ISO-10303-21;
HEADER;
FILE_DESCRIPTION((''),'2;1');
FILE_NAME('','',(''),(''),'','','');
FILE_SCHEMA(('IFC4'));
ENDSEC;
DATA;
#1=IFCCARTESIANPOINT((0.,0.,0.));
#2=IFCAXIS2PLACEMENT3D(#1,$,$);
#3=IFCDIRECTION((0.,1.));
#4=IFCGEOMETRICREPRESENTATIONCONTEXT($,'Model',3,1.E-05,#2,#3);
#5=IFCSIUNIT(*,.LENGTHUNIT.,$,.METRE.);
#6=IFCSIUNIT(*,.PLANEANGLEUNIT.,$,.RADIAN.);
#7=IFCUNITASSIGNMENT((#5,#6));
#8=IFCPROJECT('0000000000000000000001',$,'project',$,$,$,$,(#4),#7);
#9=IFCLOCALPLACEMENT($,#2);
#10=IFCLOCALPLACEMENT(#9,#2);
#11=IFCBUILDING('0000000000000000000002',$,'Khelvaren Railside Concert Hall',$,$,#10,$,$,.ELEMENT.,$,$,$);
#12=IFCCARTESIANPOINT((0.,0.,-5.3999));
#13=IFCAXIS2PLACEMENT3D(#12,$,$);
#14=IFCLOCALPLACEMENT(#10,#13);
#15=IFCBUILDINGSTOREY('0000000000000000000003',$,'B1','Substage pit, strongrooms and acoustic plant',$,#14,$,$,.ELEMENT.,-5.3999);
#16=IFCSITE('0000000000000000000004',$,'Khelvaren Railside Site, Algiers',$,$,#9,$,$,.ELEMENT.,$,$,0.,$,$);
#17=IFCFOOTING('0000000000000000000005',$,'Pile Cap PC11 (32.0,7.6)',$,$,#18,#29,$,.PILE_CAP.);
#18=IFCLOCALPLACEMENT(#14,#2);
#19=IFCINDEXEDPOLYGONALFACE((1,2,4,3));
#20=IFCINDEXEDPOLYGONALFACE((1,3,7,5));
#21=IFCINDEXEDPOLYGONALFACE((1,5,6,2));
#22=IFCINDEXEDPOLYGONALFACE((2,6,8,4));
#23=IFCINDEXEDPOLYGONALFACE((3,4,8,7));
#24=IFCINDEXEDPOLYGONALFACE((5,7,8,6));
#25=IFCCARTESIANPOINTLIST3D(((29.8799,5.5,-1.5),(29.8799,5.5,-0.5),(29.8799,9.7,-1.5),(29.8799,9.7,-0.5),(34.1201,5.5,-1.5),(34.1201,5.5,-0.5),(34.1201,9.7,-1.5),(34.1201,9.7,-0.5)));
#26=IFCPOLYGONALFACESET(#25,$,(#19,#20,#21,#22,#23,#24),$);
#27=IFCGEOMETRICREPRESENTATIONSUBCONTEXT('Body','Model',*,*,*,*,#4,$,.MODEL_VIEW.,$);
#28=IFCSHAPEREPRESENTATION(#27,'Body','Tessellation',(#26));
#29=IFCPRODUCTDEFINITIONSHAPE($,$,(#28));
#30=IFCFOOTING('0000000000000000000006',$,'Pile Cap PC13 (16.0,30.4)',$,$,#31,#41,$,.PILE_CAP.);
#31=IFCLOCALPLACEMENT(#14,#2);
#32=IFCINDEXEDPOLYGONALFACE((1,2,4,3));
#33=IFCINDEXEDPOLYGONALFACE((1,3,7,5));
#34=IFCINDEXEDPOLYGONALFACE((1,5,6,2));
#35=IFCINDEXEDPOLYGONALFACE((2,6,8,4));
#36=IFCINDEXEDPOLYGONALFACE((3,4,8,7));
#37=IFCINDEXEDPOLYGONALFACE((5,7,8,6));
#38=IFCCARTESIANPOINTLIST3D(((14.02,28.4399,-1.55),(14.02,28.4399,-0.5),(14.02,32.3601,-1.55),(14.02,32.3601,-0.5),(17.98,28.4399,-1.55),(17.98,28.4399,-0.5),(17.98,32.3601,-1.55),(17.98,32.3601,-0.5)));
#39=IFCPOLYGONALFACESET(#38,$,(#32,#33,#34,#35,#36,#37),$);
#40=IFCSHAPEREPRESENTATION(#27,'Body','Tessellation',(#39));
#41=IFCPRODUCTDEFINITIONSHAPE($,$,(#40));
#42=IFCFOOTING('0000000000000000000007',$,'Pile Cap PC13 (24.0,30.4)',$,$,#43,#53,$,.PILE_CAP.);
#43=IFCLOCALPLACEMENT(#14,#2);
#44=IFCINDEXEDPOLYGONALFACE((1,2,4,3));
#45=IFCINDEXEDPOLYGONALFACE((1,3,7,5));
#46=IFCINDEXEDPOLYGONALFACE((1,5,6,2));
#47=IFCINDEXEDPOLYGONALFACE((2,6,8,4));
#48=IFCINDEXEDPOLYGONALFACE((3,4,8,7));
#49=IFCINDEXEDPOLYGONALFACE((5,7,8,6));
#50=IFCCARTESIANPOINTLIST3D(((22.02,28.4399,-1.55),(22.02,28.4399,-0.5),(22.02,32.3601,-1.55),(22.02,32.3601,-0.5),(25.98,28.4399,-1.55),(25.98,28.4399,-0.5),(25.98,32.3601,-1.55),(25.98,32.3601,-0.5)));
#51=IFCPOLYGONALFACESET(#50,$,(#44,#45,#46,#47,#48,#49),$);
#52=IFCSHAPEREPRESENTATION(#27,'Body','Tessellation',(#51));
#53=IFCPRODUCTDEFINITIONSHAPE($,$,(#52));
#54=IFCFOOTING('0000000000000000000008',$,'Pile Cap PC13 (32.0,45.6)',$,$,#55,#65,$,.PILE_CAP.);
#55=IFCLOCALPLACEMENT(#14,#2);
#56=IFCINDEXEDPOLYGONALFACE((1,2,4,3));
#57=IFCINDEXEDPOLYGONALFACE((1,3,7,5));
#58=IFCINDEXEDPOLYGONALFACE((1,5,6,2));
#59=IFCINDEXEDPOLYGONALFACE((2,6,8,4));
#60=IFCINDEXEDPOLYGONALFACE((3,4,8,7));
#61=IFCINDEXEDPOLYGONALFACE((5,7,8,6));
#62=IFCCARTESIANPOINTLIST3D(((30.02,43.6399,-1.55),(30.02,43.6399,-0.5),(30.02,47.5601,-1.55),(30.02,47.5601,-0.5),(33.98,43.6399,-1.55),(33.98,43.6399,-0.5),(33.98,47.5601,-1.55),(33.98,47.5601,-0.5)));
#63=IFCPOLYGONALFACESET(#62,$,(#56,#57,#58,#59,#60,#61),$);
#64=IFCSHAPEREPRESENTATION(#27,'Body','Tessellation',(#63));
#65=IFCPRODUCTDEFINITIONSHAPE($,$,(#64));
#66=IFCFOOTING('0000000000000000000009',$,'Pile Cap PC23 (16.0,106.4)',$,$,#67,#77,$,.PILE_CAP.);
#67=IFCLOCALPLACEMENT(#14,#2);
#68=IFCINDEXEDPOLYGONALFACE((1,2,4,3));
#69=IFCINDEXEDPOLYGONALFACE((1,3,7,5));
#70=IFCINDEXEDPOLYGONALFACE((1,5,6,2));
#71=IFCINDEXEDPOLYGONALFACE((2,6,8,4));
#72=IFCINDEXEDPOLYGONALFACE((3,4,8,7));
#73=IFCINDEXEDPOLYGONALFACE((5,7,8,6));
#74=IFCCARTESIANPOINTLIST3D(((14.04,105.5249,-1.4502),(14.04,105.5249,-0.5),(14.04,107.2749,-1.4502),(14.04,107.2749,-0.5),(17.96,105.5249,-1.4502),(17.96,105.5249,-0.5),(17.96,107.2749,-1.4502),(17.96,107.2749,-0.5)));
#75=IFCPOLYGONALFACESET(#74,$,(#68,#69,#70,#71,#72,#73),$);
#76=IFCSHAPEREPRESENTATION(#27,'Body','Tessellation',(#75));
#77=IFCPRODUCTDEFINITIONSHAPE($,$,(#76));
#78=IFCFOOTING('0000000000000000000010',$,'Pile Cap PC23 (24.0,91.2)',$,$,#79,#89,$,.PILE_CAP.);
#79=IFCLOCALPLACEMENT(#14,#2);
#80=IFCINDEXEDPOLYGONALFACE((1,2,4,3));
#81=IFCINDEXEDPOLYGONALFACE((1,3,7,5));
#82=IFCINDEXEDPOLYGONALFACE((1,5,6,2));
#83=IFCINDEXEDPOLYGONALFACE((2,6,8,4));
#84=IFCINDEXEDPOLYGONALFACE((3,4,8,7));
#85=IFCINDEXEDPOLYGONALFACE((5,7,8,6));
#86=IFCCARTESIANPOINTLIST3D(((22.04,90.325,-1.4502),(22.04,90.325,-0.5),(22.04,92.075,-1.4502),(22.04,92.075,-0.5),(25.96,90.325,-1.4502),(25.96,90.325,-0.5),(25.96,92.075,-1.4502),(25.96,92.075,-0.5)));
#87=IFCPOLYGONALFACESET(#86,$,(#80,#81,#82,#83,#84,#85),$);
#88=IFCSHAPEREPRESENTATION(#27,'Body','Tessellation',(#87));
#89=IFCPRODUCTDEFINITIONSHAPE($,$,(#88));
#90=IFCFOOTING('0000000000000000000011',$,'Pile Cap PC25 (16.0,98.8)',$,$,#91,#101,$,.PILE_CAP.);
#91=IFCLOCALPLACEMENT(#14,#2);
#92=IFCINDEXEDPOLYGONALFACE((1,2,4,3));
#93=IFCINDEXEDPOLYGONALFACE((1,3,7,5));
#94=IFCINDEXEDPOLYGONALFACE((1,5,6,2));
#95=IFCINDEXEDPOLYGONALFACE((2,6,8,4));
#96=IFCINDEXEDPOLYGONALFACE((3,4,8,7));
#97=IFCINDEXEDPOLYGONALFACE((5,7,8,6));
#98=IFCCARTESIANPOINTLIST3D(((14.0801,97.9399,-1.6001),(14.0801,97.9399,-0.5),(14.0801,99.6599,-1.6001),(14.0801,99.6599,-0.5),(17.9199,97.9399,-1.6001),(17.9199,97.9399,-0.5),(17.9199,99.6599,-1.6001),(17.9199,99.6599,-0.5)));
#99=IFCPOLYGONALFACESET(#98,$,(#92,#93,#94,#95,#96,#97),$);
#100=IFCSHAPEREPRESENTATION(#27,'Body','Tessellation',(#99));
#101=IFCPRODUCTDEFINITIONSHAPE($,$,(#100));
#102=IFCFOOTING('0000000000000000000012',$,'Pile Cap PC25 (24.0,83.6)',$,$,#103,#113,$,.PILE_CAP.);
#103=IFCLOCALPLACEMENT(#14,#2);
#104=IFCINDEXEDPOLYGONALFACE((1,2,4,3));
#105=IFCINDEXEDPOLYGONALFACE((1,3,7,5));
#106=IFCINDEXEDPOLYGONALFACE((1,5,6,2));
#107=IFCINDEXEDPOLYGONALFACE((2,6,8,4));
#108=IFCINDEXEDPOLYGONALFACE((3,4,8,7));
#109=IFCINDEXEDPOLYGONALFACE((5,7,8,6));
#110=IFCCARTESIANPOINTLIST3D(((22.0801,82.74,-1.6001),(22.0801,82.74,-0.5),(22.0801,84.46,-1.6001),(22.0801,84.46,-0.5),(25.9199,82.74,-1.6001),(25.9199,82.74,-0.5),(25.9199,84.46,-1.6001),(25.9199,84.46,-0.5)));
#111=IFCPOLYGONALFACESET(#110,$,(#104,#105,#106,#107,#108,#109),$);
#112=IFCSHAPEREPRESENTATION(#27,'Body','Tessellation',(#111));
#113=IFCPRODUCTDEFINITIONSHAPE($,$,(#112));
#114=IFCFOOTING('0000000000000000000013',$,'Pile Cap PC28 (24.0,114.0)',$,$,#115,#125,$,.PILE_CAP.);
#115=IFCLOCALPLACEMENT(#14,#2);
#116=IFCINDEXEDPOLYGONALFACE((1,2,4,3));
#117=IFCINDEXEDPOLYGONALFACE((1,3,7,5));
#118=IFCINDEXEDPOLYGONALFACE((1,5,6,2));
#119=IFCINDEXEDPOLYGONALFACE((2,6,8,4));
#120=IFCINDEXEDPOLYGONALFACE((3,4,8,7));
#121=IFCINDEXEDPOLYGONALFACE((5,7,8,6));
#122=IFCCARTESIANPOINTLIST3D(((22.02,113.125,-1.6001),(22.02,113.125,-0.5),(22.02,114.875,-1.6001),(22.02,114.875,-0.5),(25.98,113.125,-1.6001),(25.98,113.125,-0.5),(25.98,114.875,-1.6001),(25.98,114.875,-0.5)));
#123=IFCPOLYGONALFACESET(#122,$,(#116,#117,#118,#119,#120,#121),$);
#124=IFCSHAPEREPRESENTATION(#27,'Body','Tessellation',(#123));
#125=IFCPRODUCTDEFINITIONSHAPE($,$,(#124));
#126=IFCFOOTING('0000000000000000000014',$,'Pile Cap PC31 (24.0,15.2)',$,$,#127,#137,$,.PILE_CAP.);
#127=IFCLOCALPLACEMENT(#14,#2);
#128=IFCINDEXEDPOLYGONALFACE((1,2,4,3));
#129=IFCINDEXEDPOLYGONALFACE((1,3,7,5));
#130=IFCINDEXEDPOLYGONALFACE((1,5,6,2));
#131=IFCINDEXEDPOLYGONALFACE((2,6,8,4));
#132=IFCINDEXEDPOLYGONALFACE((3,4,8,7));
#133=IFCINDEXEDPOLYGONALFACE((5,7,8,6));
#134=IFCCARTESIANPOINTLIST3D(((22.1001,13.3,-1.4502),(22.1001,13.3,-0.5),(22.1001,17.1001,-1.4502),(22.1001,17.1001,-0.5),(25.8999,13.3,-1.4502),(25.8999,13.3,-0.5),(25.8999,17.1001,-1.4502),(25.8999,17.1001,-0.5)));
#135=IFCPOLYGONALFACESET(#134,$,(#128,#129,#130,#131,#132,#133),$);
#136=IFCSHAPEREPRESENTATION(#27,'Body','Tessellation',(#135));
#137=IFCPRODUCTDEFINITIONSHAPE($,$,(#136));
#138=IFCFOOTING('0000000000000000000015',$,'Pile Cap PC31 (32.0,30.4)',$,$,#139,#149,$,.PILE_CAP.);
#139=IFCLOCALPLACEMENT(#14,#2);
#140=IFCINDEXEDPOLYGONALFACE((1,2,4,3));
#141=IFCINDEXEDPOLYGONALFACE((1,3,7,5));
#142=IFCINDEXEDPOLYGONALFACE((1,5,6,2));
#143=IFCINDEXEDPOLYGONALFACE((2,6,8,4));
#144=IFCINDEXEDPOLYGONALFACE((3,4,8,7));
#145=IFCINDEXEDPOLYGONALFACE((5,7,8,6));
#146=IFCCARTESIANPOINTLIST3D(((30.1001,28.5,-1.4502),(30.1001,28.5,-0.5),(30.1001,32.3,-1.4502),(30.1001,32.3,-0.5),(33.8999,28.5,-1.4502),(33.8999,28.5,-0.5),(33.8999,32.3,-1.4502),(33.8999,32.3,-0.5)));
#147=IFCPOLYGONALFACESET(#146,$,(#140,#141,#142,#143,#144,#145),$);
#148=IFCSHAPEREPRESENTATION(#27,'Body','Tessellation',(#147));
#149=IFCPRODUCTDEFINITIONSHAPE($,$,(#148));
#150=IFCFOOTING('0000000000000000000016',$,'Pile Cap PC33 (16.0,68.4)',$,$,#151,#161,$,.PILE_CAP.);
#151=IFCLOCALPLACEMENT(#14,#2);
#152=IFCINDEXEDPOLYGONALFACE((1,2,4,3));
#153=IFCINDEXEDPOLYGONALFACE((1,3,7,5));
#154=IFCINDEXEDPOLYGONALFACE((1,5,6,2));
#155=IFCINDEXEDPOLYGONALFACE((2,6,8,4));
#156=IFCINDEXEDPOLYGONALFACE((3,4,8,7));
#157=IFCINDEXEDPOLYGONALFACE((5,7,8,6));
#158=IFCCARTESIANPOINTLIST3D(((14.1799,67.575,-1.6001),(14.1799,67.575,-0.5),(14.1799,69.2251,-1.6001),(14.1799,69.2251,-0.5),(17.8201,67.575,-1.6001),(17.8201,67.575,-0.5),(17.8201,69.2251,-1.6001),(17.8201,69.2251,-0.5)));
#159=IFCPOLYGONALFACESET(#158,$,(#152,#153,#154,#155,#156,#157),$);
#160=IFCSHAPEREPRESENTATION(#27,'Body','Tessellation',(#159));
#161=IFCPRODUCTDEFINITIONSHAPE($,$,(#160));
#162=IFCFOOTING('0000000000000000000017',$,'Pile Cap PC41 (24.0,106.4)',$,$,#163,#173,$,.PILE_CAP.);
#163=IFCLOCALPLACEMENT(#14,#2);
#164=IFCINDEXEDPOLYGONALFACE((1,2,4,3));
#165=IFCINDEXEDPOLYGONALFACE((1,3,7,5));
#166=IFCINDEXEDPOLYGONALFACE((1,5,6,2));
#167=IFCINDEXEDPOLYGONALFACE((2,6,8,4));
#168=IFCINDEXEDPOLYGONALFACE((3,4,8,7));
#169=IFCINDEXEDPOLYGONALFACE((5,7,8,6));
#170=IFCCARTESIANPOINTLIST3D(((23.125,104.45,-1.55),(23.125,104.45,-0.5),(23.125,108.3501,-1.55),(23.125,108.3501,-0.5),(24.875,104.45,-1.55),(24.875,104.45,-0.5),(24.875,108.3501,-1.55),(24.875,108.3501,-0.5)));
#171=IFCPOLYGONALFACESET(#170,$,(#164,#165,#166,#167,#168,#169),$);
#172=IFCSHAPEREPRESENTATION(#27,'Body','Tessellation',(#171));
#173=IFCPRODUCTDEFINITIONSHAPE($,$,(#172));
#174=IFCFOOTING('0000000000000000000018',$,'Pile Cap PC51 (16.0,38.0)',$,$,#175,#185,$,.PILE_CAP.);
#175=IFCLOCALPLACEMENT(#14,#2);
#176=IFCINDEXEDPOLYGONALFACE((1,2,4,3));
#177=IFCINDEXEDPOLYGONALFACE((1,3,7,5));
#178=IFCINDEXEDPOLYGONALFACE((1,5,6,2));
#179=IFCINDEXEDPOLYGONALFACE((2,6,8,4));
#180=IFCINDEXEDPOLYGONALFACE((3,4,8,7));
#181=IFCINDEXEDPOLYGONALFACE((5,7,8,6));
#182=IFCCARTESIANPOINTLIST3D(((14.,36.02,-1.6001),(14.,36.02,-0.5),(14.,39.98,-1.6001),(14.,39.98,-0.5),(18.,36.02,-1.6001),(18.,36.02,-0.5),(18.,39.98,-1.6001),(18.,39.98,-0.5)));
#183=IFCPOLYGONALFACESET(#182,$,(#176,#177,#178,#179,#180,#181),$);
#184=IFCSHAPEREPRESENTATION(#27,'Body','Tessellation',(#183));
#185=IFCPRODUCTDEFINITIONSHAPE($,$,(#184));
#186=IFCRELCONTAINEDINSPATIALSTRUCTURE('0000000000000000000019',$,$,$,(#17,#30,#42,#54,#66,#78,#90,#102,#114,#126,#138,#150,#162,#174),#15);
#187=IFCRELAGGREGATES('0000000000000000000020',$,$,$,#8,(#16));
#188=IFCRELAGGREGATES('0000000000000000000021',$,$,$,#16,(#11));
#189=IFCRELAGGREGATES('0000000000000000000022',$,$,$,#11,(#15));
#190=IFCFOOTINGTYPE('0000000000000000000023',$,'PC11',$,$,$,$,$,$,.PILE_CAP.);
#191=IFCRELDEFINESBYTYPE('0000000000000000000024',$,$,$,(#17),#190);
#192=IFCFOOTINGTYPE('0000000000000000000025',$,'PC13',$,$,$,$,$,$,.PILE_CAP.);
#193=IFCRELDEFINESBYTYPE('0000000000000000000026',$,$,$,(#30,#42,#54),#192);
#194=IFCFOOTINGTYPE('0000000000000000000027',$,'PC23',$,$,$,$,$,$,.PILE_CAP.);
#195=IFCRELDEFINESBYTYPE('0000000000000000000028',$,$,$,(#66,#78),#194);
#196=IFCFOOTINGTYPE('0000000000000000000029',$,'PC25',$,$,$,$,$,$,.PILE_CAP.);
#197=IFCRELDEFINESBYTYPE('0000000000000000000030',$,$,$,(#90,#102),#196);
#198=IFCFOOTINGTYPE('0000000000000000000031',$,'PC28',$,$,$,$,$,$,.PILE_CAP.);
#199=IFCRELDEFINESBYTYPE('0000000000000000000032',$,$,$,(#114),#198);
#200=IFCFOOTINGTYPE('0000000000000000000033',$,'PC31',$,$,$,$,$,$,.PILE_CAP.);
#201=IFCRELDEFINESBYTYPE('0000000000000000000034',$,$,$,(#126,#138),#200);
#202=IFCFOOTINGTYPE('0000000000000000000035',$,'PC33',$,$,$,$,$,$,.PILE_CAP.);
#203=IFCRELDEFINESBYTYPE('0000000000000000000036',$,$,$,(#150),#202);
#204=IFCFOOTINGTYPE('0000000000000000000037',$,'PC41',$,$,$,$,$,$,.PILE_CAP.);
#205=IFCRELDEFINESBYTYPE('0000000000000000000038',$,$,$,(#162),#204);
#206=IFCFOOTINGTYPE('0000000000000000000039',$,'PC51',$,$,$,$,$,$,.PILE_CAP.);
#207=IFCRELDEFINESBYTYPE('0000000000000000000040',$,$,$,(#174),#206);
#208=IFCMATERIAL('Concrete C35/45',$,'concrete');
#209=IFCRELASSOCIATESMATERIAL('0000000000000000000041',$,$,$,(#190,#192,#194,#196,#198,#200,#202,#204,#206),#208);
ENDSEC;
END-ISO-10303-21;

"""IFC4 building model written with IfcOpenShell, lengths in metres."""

from ifc_helpers import new_model, si_unit, direction, frame, origin, place, context, subcontext, project, spatial, polyline, outline, extrude, material, type_object, element, save


model = new_model("IFC4")

# Units and contexts
model_context = context("Model", 3, precision=1e-05, world=origin(), true_north=direction((0.0, 1.0)))
body_context = subcontext(model_context, "Body", "Model", "MODEL_VIEW")
ifc_project = project(units=[si_unit("LENGTHUNIT", "METRE"), si_unit("PLANEANGLEUNIT", "RADIAN")], contexts=[model_context])

# Site, building, storey
site_placement = place(None, origin())
site = spatial("IfcSite", under=ifc_project, at=site_placement, Name="Khelvaren Railside Site, Algiers", CompositionType="ELEMENT", RefElevation=0.0)
building_placement = place(site_placement, origin())
building = spatial("IfcBuilding", under=site, at=building_placement, Name="Khelvaren Railside Concert Hall", CompositionType="ELEMENT")
storey_placement = place(building_placement, frame((0.0, 0.0, -5.3999)))
storey = spatial("IfcBuildingStorey", under=building, at=storey_placement, Name="B1", Description="Substage pit, strongrooms and acoustic plant", CompositionType="ELEMENT", Elevation=-5.3999)

# Footings
ifc_material = material(Name="Concrete C35/45", Category="concrete")
footing_type_1 = type_object("IfcFootingType", Name="PC11", PredefinedType="PILE_CAP", material=ifc_material)
footing_1_placement = place(storey_placement, frame((0.0, 0.0, -1.5)))
element("IfcFooting", 1, at=footing_1_placement, inside=storey, type_object=footing_type_1, Name="Pile Cap PC11 (32.0,7.6)", PredefinedType="PILE_CAP", context=body_context, shape_type="SweptSolid", body=[
    extrude(outline(polyline([(29.8799, 5.5), (34.1201, 5.5), (34.1201, 9.7), (29.8799, 9.7), (29.8799, 5.5)])), origin(), (0.0, 0.0, 1.0), 1.0),
])
footing_type_2 = type_object("IfcFootingType", Name="PC13", PredefinedType="PILE_CAP", material=ifc_material)
footing_2_placement = place(storey_placement, frame((0.0, 0.0, -1.55)))
element("IfcFooting", 2, at=footing_2_placement, inside=storey, type_object=footing_type_2, Name="Pile Cap PC13 (16.0,30.4)", PredefinedType="PILE_CAP", context=body_context, shape_type="SweptSolid", body=[
    extrude(outline(polyline([(14.02, 28.4399), (17.98, 28.4399), (17.98, 32.3601), (14.02, 32.3601), (14.02, 28.4399)])), origin(), (0.0, 0.0, 1.0), 1.05),
])
footing_3_placement = place(storey_placement, frame((0.0, 0.0, -1.55)))
element("IfcFooting", 3, at=footing_3_placement, inside=storey, type_object=footing_type_2, Name="Pile Cap PC13 (24.0,30.4)", PredefinedType="PILE_CAP", context=body_context, shape_type="SweptSolid", body=[
    extrude(outline(polyline([(22.02, 28.4399), (25.98, 28.4399), (25.98, 32.3601), (22.02, 32.3601), (22.02, 28.4399)])), origin(), (0.0, 0.0, 1.0), 1.05),
])
footing_4_placement = place(storey_placement, frame((0.0, 0.0, -1.55)))
element("IfcFooting", 4, at=footing_4_placement, inside=storey, type_object=footing_type_2, Name="Pile Cap PC13 (32.0,45.6)", PredefinedType="PILE_CAP", context=body_context, shape_type="SweptSolid", body=[
    extrude(outline(polyline([(30.02, 43.6399), (33.98, 43.6399), (33.98, 47.5601), (30.02, 47.5601), (30.02, 43.6399)])), origin(), (0.0, 0.0, 1.0), 1.05),
])
footing_type_3 = type_object("IfcFootingType", Name="PC23", PredefinedType="PILE_CAP", material=ifc_material)
footing_5_placement = place(storey_placement, frame((0.0, 0.0, -1.4502)))
element("IfcFooting", 5, at=footing_5_placement, inside=storey, type_object=footing_type_3, Name="Pile Cap PC23 (16.0,106.4)", PredefinedType="PILE_CAP", context=body_context, shape_type="SweptSolid", body=[
    extrude(outline(polyline([(14.04, 105.5249), (17.96, 105.5249), (17.96, 107.2749), (14.04, 107.2749), (14.04, 105.5249)])), origin(), (0.0, 0.0, 1.0), 0.9502),
])
footing_6_placement = place(storey_placement, frame((0.0, 0.0, -1.4502)))
element("IfcFooting", 6, at=footing_6_placement, inside=storey, type_object=footing_type_3, Name="Pile Cap PC23 (24.0,91.2)", PredefinedType="PILE_CAP", context=body_context, shape_type="SweptSolid", body=[
    extrude(outline(polyline([(22.04, 90.325), (25.96, 90.325), (25.96, 92.075), (22.04, 92.075), (22.04, 90.325)])), origin(), (0.0, 0.0, 1.0), 0.9502),
])
footing_type_4 = type_object("IfcFootingType", Name="PC25", PredefinedType="PILE_CAP", material=ifc_material)
footing_7_placement = place(storey_placement, frame((0.0, 0.0, -1.6001)))
element("IfcFooting", 7, at=footing_7_placement, inside=storey, type_object=footing_type_4, Name="Pile Cap PC25 (16.0,98.8)", PredefinedType="PILE_CAP", context=body_context, shape_type="SweptSolid", body=[
    extrude(outline(polyline([(14.0801, 97.9399), (17.9199, 97.9399), (17.9199, 99.6599), (14.0801, 99.6599), (14.0801, 97.9399)])), origin(), (0.0, 0.0, 1.0), 1.1001),
])
footing_8_placement = place(storey_placement, frame((0.0, 0.0, -1.6001)))
element("IfcFooting", 8, at=footing_8_placement, inside=storey, type_object=footing_type_4, Name="Pile Cap PC25 (24.0,83.6)", PredefinedType="PILE_CAP", context=body_context, shape_type="SweptSolid", body=[
    extrude(outline(polyline([(22.0801, 82.74), (25.9199, 82.74), (25.9199, 84.46), (22.0801, 84.46), (22.0801, 82.74)])), origin(), (0.0, 0.0, 1.0), 1.1001),
])
footing_type_5 = type_object("IfcFootingType", Name="PC28", PredefinedType="PILE_CAP", material=ifc_material)
footing_9_placement = place(storey_placement, frame((0.0, 0.0, -1.6001)))
element("IfcFooting", 9, at=footing_9_placement, inside=storey, type_object=footing_type_5, Name="Pile Cap PC28 (24.0,114.0)", PredefinedType="PILE_CAP", context=body_context, shape_type="SweptSolid", body=[
    extrude(outline(polyline([(22.02, 113.125), (25.98, 113.125), (25.98, 114.875), (22.02, 114.875), (22.02, 113.125)])), origin(), (0.0, 0.0, 1.0), 1.1001),
])
footing_type_6 = type_object("IfcFootingType", Name="PC31", PredefinedType="PILE_CAP", material=ifc_material)
footing_10_placement = place(storey_placement, frame((0.0, 0.0, -1.4502)))
element("IfcFooting", 10, at=footing_10_placement, inside=storey, type_object=footing_type_6, Name="Pile Cap PC31 (24.0,15.2)", PredefinedType="PILE_CAP", context=body_context, shape_type="SweptSolid", body=[
    extrude(outline(polyline([(22.1001, 13.3), (25.8999, 13.3), (25.8999, 17.1001), (22.1001, 17.1001), (22.1001, 13.3)])), origin(), (0.0, 0.0, 1.0), 0.9502),
])
footing_11_placement = place(storey_placement, frame((0.0, 0.0, -1.4502)))
element("IfcFooting", 11, at=footing_11_placement, inside=storey, type_object=footing_type_6, Name="Pile Cap PC31 (32.0,30.4)", PredefinedType="PILE_CAP", context=body_context, shape_type="SweptSolid", body=[
    extrude(outline(polyline([(30.1001, 28.5), (33.8999, 28.5), (33.8999, 32.3), (30.1001, 32.3), (30.1001, 28.5)])), origin(), (0.0, 0.0, 1.0), 0.9502),
])
footing_type_7 = type_object("IfcFootingType", Name="PC33", PredefinedType="PILE_CAP", material=ifc_material)
footing_12_placement = place(storey_placement, frame((0.0, 0.0, -1.6001)))
element("IfcFooting", 12, at=footing_12_placement, inside=storey, type_object=footing_type_7, Name="Pile Cap PC33 (16.0,68.4)", PredefinedType="PILE_CAP", context=body_context, shape_type="SweptSolid", body=[
    extrude(outline(polyline([(14.1799, 67.575), (17.8201, 67.575), (17.8201, 69.2251), (14.1799, 69.2251), (14.1799, 67.575)])), origin(), (0.0, 0.0, 1.0), 1.1001),
])
footing_type_8 = type_object("IfcFootingType", Name="PC41", PredefinedType="PILE_CAP", material=ifc_material)
footing_13_placement = place(storey_placement, frame((0.0, 0.0, -1.55)))
element("IfcFooting", 13, at=footing_13_placement, inside=storey, type_object=footing_type_8, Name="Pile Cap PC41 (24.0,106.4)", PredefinedType="PILE_CAP", context=body_context, shape_type="SweptSolid", body=[
    extrude(outline(polyline([(23.125, 104.45), (24.875, 104.45), (24.875, 108.3501), (23.125, 108.3501), (23.125, 104.45)])), origin(), (0.0, 0.0, 1.0), 1.05),
])
footing_type_9 = type_object("IfcFootingType", Name="PC51", PredefinedType="PILE_CAP", material=ifc_material)
footing_14_placement = place(storey_placement, frame((0.0, 0.0, -1.6001)))
element("IfcFooting", 14, at=footing_14_placement, inside=storey, type_object=footing_type_9, Name="Pile Cap PC51 (16.0,38.0)", PredefinedType="PILE_CAP", context=body_context, shape_type="SweptSolid", body=[
    extrude(outline(polyline([(14.0, 36.02), (18.0, 36.02), (18.0, 39.98), (14.0, 39.98), (14.0, 36.02)])), origin(), (0.0, 0.0, 1.0), 1.1001),
])

save(model, "model.ifc")
